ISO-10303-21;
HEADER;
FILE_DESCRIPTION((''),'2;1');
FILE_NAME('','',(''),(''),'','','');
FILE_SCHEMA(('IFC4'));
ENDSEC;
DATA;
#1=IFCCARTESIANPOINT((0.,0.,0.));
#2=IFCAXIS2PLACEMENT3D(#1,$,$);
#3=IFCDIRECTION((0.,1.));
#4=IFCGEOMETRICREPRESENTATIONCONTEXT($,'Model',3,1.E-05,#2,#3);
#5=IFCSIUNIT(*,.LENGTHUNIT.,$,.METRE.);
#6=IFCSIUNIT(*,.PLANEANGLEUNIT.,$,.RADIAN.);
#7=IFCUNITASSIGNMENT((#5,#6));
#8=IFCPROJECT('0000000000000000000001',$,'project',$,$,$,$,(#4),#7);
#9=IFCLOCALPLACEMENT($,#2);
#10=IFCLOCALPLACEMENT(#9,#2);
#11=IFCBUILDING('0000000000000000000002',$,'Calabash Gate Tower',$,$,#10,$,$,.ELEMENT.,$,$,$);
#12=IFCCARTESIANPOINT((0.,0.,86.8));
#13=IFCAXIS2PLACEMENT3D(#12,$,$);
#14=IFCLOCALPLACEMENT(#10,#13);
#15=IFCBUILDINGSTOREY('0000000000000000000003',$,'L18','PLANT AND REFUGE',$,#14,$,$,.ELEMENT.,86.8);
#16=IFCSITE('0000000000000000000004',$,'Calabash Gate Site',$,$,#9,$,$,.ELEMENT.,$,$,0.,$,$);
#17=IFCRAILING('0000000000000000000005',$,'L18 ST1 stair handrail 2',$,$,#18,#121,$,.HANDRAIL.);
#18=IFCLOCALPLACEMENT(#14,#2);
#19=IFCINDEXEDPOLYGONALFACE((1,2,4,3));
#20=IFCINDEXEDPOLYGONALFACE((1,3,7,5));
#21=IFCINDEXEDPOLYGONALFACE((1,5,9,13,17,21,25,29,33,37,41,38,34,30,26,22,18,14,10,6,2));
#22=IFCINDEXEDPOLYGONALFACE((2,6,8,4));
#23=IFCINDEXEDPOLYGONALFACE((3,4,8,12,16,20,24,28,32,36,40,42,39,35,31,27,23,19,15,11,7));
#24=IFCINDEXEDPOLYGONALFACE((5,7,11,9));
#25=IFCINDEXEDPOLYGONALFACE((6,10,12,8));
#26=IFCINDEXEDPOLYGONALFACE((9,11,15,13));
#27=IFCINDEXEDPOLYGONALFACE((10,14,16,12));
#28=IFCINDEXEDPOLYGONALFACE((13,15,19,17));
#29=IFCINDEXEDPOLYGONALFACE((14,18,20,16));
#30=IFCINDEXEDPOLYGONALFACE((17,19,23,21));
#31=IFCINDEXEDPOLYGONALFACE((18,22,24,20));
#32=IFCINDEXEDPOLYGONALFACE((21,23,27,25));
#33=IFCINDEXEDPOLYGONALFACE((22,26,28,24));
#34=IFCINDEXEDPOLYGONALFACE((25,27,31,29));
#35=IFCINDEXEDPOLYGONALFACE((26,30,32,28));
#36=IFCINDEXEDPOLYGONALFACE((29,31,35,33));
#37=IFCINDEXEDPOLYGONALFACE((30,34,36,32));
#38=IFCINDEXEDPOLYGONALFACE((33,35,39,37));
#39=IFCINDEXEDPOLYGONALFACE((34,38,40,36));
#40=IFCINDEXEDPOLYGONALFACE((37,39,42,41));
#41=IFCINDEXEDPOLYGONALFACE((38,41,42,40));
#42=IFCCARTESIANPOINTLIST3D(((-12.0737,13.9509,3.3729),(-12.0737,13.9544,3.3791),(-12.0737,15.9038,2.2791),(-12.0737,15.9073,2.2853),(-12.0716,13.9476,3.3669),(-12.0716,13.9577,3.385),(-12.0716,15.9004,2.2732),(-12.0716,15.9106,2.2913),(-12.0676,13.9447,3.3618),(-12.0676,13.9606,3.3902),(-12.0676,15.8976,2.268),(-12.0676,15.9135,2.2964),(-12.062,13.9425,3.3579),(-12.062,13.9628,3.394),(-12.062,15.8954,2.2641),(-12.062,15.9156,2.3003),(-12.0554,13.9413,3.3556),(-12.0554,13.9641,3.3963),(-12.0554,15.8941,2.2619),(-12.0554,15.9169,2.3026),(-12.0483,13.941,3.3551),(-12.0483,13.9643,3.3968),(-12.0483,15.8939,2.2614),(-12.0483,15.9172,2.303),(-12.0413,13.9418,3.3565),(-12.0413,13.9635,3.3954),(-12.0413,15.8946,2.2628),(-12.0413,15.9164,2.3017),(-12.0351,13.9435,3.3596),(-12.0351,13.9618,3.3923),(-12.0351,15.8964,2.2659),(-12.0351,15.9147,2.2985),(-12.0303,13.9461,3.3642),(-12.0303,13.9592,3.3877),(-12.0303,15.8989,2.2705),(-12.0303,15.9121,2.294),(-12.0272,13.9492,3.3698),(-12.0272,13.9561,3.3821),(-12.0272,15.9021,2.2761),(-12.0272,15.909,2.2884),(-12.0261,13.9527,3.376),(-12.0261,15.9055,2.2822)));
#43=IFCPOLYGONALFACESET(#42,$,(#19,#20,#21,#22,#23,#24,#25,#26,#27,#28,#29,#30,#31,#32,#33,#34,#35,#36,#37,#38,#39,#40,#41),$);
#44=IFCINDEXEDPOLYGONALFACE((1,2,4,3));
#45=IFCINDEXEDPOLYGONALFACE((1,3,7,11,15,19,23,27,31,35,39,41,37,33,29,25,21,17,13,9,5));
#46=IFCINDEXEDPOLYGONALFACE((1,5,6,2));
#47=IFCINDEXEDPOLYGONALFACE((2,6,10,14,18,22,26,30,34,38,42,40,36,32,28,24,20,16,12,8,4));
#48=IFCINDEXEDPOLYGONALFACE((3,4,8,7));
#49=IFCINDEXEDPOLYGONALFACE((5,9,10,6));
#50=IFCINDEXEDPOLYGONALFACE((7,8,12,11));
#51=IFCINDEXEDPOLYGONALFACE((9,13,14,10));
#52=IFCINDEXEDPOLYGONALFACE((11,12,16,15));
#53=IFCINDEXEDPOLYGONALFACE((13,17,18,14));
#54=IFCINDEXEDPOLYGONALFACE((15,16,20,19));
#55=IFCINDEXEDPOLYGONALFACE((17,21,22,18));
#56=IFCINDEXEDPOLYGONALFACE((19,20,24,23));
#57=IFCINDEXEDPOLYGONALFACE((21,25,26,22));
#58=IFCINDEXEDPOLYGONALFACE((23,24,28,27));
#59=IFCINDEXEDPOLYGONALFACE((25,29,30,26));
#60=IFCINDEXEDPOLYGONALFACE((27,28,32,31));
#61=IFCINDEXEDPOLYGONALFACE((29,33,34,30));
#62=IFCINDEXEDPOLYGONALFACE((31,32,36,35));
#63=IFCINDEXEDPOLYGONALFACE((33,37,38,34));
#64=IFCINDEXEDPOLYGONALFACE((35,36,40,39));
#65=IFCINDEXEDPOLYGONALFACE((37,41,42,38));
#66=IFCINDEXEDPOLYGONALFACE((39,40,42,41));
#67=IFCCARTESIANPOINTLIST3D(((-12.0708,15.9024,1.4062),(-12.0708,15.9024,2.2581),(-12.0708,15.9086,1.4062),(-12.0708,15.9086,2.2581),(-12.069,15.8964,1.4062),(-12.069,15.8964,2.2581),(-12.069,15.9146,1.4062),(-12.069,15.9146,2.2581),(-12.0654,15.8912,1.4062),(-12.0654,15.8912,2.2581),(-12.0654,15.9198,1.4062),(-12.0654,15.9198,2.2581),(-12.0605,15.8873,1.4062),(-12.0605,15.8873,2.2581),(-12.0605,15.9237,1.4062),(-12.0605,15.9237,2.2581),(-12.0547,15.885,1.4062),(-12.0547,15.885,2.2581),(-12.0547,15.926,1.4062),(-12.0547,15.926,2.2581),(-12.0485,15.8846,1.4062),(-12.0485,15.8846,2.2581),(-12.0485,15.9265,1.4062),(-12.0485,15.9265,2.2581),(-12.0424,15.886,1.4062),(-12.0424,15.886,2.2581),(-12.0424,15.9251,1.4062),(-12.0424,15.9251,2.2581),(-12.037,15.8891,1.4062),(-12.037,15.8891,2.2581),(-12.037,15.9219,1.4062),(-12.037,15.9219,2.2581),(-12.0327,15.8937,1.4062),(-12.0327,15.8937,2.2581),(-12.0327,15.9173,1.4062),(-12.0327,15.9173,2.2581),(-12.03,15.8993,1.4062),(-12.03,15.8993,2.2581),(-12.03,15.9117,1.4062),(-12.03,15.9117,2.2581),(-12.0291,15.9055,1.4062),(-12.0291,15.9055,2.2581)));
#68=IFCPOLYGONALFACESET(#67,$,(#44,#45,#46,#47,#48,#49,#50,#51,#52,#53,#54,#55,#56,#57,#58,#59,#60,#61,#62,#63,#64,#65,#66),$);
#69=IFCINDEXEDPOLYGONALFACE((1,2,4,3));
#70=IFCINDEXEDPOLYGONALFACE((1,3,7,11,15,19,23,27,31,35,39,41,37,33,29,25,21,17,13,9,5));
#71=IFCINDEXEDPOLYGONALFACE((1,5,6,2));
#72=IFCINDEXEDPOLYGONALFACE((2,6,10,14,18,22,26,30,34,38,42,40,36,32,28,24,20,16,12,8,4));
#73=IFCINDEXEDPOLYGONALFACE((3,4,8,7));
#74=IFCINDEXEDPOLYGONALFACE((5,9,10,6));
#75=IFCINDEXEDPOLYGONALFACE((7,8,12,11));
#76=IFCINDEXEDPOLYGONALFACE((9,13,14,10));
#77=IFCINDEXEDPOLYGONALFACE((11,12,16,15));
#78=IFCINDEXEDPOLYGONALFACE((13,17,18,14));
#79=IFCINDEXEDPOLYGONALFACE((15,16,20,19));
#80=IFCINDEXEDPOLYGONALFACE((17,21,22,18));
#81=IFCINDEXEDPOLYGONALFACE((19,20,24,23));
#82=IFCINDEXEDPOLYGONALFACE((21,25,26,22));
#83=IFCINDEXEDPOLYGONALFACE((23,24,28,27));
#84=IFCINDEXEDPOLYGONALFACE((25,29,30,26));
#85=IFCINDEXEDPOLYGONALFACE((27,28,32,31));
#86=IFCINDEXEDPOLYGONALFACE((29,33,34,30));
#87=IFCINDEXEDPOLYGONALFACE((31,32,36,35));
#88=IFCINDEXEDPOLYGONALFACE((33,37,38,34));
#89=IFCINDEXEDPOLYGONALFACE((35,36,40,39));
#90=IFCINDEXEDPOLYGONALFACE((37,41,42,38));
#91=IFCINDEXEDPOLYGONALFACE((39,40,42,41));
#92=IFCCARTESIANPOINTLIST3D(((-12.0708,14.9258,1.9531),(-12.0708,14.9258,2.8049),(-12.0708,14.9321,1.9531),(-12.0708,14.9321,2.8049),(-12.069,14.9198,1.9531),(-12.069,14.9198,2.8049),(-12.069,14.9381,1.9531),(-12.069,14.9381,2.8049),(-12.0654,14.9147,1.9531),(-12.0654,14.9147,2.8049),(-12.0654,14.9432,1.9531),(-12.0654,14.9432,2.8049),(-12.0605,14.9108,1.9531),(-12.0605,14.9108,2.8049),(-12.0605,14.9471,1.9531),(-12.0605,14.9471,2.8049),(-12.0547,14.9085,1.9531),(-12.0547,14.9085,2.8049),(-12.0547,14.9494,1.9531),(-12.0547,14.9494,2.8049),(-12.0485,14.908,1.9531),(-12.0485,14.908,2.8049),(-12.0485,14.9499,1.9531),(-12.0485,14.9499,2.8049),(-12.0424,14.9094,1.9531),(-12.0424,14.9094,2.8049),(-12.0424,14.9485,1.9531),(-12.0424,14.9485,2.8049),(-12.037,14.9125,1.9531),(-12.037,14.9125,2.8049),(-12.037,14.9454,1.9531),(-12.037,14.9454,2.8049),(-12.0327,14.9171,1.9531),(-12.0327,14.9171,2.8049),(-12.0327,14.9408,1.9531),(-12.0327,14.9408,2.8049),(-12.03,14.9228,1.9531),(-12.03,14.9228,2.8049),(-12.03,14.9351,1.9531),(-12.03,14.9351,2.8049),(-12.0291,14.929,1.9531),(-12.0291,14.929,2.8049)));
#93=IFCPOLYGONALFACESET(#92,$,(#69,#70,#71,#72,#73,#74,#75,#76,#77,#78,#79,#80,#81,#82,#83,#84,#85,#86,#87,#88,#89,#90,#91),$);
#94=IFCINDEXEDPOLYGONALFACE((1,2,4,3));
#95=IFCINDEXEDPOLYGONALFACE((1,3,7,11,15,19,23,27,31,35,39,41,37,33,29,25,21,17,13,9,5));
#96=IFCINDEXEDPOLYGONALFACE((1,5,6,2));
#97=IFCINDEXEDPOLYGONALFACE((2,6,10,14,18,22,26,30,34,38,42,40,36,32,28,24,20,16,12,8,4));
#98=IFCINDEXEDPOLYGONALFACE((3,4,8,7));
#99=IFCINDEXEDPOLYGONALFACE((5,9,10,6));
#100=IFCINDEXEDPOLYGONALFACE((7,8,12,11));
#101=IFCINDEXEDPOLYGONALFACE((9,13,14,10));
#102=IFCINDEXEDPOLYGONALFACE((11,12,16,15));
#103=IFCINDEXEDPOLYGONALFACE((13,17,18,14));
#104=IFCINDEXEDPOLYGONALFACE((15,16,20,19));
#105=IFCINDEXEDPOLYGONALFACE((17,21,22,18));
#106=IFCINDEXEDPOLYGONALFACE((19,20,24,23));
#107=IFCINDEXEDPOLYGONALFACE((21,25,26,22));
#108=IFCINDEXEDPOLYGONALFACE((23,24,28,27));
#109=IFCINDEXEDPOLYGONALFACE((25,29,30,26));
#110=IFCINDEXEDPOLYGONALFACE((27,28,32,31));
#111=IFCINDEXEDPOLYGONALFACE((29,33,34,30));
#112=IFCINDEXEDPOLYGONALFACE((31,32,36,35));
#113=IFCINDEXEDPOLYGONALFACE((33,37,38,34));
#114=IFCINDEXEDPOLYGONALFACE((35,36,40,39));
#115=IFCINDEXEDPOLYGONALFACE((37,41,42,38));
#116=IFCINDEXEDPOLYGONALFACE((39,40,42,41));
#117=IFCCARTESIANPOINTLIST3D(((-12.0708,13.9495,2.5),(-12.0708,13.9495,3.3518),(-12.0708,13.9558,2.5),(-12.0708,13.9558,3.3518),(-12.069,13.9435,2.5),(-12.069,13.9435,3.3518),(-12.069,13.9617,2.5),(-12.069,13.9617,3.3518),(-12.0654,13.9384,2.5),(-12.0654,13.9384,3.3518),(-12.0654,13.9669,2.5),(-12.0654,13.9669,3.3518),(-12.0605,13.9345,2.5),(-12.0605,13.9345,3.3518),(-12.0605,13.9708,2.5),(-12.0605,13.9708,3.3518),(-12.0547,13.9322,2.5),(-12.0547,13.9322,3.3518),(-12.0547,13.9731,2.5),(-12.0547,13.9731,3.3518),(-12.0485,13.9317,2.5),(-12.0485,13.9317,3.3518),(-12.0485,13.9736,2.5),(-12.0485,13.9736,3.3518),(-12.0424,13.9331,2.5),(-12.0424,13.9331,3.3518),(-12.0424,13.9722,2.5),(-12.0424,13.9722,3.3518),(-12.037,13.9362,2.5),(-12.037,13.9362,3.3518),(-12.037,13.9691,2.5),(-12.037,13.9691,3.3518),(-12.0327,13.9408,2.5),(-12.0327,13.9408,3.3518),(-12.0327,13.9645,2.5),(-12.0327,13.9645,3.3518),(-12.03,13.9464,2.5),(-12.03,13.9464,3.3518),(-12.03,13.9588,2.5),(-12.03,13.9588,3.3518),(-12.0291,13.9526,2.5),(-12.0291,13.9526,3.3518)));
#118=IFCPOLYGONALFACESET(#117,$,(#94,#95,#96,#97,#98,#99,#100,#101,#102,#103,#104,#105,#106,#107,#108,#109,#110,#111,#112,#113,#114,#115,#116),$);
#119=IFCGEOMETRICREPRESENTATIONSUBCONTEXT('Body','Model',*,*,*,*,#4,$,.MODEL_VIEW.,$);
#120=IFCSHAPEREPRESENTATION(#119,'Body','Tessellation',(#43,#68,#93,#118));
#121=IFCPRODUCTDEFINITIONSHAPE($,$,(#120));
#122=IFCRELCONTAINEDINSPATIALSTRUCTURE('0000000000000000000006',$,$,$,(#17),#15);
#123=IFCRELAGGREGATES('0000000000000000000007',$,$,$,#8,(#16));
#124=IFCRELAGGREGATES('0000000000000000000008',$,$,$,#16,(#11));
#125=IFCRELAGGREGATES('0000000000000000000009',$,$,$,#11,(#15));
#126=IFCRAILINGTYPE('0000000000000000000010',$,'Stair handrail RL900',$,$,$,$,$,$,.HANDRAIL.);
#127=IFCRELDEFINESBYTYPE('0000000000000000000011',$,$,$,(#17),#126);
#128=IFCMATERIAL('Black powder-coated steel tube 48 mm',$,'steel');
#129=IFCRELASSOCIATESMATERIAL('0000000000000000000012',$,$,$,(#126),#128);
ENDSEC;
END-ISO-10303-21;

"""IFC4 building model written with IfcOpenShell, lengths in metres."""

from ifc_helpers import new_model, si_unit, direction, frame, origin, origin_2d, place, context, subcontext, project, spatial, circle, extrude, material, type_object, element, save


model = new_model("IFC4")

# Units and contexts
model_context = context("Model", 3, precision=1e-05, world=origin(), true_north=direction((0.0, 1.0)))
body_context = subcontext(model_context, "Body", "Model", "MODEL_VIEW")
ifc_project = project(units=[si_unit("LENGTHUNIT", "METRE"), si_unit("PLANEANGLEUNIT", "RADIAN")], contexts=[model_context])

# Site, building, storey
site_placement = place(None, origin())
site = spatial("IfcSite", under=ifc_project, at=site_placement, Name="Calabash Gate Site", CompositionType="ELEMENT", RefElevation=0.0)
building_placement = place(site_placement, origin())
building = spatial("IfcBuilding", under=site, at=building_placement, Name="Calabash Gate Tower", CompositionType="ELEMENT")
storey_placement = place(building_placement, frame((0.0, 0.0, 86.8)))
storey = spatial("IfcBuildingStorey", under=building, at=storey_placement, Name="L18", Description="PLANT AND REFUGE", CompositionType="ELEMENT", Elevation=86.8)

# Railing
ifc_material_1 = material(Name="Black powder-coated steel tube 48 mm", Category="steel")
railing_type_1 = type_object("IfcRailingType", Name="Stair handrail RL900", PredefinedType="HANDRAIL", material=ifc_material_1)
railing_1_placement = place(storey_placement, frame((-12.05, 15.9055, 1.4062)))
element("IfcRailing", 1, at=railing_1_placement, inside=storey, type_object=railing_type_1, Name="L18 ST1 stair handrail 2", PredefinedType="HANDRAIL", context=body_context, shape_type="SweptSolid", body=[
    extrude(circle(Radius=0.0239, at=origin_2d()), frame((0.0, 0.0, 0.876), z_axis=(0.0, -0.87248, 0.48865), x_axis=(1.0, 0.0, 0.0)), (0.0, 0.0, 1.0), 2.2383),
    extrude(circle(Radius=0.021, at=origin_2d()), origin(), (0.0, 0.0, 1.0), 0.8518),
    extrude(circle(Radius=0.021, at=origin_2d()), frame((0.0, -0.9766, 0.5469)), (0.0, 0.0, 1.0), 0.8518),
    extrude(circle(Radius=0.021, at=origin_2d()), frame((0.0, -1.9529, 1.0938)), (0.0, 0.0, 1.0), 0.8518),
])

save(model, "model.ifc")
